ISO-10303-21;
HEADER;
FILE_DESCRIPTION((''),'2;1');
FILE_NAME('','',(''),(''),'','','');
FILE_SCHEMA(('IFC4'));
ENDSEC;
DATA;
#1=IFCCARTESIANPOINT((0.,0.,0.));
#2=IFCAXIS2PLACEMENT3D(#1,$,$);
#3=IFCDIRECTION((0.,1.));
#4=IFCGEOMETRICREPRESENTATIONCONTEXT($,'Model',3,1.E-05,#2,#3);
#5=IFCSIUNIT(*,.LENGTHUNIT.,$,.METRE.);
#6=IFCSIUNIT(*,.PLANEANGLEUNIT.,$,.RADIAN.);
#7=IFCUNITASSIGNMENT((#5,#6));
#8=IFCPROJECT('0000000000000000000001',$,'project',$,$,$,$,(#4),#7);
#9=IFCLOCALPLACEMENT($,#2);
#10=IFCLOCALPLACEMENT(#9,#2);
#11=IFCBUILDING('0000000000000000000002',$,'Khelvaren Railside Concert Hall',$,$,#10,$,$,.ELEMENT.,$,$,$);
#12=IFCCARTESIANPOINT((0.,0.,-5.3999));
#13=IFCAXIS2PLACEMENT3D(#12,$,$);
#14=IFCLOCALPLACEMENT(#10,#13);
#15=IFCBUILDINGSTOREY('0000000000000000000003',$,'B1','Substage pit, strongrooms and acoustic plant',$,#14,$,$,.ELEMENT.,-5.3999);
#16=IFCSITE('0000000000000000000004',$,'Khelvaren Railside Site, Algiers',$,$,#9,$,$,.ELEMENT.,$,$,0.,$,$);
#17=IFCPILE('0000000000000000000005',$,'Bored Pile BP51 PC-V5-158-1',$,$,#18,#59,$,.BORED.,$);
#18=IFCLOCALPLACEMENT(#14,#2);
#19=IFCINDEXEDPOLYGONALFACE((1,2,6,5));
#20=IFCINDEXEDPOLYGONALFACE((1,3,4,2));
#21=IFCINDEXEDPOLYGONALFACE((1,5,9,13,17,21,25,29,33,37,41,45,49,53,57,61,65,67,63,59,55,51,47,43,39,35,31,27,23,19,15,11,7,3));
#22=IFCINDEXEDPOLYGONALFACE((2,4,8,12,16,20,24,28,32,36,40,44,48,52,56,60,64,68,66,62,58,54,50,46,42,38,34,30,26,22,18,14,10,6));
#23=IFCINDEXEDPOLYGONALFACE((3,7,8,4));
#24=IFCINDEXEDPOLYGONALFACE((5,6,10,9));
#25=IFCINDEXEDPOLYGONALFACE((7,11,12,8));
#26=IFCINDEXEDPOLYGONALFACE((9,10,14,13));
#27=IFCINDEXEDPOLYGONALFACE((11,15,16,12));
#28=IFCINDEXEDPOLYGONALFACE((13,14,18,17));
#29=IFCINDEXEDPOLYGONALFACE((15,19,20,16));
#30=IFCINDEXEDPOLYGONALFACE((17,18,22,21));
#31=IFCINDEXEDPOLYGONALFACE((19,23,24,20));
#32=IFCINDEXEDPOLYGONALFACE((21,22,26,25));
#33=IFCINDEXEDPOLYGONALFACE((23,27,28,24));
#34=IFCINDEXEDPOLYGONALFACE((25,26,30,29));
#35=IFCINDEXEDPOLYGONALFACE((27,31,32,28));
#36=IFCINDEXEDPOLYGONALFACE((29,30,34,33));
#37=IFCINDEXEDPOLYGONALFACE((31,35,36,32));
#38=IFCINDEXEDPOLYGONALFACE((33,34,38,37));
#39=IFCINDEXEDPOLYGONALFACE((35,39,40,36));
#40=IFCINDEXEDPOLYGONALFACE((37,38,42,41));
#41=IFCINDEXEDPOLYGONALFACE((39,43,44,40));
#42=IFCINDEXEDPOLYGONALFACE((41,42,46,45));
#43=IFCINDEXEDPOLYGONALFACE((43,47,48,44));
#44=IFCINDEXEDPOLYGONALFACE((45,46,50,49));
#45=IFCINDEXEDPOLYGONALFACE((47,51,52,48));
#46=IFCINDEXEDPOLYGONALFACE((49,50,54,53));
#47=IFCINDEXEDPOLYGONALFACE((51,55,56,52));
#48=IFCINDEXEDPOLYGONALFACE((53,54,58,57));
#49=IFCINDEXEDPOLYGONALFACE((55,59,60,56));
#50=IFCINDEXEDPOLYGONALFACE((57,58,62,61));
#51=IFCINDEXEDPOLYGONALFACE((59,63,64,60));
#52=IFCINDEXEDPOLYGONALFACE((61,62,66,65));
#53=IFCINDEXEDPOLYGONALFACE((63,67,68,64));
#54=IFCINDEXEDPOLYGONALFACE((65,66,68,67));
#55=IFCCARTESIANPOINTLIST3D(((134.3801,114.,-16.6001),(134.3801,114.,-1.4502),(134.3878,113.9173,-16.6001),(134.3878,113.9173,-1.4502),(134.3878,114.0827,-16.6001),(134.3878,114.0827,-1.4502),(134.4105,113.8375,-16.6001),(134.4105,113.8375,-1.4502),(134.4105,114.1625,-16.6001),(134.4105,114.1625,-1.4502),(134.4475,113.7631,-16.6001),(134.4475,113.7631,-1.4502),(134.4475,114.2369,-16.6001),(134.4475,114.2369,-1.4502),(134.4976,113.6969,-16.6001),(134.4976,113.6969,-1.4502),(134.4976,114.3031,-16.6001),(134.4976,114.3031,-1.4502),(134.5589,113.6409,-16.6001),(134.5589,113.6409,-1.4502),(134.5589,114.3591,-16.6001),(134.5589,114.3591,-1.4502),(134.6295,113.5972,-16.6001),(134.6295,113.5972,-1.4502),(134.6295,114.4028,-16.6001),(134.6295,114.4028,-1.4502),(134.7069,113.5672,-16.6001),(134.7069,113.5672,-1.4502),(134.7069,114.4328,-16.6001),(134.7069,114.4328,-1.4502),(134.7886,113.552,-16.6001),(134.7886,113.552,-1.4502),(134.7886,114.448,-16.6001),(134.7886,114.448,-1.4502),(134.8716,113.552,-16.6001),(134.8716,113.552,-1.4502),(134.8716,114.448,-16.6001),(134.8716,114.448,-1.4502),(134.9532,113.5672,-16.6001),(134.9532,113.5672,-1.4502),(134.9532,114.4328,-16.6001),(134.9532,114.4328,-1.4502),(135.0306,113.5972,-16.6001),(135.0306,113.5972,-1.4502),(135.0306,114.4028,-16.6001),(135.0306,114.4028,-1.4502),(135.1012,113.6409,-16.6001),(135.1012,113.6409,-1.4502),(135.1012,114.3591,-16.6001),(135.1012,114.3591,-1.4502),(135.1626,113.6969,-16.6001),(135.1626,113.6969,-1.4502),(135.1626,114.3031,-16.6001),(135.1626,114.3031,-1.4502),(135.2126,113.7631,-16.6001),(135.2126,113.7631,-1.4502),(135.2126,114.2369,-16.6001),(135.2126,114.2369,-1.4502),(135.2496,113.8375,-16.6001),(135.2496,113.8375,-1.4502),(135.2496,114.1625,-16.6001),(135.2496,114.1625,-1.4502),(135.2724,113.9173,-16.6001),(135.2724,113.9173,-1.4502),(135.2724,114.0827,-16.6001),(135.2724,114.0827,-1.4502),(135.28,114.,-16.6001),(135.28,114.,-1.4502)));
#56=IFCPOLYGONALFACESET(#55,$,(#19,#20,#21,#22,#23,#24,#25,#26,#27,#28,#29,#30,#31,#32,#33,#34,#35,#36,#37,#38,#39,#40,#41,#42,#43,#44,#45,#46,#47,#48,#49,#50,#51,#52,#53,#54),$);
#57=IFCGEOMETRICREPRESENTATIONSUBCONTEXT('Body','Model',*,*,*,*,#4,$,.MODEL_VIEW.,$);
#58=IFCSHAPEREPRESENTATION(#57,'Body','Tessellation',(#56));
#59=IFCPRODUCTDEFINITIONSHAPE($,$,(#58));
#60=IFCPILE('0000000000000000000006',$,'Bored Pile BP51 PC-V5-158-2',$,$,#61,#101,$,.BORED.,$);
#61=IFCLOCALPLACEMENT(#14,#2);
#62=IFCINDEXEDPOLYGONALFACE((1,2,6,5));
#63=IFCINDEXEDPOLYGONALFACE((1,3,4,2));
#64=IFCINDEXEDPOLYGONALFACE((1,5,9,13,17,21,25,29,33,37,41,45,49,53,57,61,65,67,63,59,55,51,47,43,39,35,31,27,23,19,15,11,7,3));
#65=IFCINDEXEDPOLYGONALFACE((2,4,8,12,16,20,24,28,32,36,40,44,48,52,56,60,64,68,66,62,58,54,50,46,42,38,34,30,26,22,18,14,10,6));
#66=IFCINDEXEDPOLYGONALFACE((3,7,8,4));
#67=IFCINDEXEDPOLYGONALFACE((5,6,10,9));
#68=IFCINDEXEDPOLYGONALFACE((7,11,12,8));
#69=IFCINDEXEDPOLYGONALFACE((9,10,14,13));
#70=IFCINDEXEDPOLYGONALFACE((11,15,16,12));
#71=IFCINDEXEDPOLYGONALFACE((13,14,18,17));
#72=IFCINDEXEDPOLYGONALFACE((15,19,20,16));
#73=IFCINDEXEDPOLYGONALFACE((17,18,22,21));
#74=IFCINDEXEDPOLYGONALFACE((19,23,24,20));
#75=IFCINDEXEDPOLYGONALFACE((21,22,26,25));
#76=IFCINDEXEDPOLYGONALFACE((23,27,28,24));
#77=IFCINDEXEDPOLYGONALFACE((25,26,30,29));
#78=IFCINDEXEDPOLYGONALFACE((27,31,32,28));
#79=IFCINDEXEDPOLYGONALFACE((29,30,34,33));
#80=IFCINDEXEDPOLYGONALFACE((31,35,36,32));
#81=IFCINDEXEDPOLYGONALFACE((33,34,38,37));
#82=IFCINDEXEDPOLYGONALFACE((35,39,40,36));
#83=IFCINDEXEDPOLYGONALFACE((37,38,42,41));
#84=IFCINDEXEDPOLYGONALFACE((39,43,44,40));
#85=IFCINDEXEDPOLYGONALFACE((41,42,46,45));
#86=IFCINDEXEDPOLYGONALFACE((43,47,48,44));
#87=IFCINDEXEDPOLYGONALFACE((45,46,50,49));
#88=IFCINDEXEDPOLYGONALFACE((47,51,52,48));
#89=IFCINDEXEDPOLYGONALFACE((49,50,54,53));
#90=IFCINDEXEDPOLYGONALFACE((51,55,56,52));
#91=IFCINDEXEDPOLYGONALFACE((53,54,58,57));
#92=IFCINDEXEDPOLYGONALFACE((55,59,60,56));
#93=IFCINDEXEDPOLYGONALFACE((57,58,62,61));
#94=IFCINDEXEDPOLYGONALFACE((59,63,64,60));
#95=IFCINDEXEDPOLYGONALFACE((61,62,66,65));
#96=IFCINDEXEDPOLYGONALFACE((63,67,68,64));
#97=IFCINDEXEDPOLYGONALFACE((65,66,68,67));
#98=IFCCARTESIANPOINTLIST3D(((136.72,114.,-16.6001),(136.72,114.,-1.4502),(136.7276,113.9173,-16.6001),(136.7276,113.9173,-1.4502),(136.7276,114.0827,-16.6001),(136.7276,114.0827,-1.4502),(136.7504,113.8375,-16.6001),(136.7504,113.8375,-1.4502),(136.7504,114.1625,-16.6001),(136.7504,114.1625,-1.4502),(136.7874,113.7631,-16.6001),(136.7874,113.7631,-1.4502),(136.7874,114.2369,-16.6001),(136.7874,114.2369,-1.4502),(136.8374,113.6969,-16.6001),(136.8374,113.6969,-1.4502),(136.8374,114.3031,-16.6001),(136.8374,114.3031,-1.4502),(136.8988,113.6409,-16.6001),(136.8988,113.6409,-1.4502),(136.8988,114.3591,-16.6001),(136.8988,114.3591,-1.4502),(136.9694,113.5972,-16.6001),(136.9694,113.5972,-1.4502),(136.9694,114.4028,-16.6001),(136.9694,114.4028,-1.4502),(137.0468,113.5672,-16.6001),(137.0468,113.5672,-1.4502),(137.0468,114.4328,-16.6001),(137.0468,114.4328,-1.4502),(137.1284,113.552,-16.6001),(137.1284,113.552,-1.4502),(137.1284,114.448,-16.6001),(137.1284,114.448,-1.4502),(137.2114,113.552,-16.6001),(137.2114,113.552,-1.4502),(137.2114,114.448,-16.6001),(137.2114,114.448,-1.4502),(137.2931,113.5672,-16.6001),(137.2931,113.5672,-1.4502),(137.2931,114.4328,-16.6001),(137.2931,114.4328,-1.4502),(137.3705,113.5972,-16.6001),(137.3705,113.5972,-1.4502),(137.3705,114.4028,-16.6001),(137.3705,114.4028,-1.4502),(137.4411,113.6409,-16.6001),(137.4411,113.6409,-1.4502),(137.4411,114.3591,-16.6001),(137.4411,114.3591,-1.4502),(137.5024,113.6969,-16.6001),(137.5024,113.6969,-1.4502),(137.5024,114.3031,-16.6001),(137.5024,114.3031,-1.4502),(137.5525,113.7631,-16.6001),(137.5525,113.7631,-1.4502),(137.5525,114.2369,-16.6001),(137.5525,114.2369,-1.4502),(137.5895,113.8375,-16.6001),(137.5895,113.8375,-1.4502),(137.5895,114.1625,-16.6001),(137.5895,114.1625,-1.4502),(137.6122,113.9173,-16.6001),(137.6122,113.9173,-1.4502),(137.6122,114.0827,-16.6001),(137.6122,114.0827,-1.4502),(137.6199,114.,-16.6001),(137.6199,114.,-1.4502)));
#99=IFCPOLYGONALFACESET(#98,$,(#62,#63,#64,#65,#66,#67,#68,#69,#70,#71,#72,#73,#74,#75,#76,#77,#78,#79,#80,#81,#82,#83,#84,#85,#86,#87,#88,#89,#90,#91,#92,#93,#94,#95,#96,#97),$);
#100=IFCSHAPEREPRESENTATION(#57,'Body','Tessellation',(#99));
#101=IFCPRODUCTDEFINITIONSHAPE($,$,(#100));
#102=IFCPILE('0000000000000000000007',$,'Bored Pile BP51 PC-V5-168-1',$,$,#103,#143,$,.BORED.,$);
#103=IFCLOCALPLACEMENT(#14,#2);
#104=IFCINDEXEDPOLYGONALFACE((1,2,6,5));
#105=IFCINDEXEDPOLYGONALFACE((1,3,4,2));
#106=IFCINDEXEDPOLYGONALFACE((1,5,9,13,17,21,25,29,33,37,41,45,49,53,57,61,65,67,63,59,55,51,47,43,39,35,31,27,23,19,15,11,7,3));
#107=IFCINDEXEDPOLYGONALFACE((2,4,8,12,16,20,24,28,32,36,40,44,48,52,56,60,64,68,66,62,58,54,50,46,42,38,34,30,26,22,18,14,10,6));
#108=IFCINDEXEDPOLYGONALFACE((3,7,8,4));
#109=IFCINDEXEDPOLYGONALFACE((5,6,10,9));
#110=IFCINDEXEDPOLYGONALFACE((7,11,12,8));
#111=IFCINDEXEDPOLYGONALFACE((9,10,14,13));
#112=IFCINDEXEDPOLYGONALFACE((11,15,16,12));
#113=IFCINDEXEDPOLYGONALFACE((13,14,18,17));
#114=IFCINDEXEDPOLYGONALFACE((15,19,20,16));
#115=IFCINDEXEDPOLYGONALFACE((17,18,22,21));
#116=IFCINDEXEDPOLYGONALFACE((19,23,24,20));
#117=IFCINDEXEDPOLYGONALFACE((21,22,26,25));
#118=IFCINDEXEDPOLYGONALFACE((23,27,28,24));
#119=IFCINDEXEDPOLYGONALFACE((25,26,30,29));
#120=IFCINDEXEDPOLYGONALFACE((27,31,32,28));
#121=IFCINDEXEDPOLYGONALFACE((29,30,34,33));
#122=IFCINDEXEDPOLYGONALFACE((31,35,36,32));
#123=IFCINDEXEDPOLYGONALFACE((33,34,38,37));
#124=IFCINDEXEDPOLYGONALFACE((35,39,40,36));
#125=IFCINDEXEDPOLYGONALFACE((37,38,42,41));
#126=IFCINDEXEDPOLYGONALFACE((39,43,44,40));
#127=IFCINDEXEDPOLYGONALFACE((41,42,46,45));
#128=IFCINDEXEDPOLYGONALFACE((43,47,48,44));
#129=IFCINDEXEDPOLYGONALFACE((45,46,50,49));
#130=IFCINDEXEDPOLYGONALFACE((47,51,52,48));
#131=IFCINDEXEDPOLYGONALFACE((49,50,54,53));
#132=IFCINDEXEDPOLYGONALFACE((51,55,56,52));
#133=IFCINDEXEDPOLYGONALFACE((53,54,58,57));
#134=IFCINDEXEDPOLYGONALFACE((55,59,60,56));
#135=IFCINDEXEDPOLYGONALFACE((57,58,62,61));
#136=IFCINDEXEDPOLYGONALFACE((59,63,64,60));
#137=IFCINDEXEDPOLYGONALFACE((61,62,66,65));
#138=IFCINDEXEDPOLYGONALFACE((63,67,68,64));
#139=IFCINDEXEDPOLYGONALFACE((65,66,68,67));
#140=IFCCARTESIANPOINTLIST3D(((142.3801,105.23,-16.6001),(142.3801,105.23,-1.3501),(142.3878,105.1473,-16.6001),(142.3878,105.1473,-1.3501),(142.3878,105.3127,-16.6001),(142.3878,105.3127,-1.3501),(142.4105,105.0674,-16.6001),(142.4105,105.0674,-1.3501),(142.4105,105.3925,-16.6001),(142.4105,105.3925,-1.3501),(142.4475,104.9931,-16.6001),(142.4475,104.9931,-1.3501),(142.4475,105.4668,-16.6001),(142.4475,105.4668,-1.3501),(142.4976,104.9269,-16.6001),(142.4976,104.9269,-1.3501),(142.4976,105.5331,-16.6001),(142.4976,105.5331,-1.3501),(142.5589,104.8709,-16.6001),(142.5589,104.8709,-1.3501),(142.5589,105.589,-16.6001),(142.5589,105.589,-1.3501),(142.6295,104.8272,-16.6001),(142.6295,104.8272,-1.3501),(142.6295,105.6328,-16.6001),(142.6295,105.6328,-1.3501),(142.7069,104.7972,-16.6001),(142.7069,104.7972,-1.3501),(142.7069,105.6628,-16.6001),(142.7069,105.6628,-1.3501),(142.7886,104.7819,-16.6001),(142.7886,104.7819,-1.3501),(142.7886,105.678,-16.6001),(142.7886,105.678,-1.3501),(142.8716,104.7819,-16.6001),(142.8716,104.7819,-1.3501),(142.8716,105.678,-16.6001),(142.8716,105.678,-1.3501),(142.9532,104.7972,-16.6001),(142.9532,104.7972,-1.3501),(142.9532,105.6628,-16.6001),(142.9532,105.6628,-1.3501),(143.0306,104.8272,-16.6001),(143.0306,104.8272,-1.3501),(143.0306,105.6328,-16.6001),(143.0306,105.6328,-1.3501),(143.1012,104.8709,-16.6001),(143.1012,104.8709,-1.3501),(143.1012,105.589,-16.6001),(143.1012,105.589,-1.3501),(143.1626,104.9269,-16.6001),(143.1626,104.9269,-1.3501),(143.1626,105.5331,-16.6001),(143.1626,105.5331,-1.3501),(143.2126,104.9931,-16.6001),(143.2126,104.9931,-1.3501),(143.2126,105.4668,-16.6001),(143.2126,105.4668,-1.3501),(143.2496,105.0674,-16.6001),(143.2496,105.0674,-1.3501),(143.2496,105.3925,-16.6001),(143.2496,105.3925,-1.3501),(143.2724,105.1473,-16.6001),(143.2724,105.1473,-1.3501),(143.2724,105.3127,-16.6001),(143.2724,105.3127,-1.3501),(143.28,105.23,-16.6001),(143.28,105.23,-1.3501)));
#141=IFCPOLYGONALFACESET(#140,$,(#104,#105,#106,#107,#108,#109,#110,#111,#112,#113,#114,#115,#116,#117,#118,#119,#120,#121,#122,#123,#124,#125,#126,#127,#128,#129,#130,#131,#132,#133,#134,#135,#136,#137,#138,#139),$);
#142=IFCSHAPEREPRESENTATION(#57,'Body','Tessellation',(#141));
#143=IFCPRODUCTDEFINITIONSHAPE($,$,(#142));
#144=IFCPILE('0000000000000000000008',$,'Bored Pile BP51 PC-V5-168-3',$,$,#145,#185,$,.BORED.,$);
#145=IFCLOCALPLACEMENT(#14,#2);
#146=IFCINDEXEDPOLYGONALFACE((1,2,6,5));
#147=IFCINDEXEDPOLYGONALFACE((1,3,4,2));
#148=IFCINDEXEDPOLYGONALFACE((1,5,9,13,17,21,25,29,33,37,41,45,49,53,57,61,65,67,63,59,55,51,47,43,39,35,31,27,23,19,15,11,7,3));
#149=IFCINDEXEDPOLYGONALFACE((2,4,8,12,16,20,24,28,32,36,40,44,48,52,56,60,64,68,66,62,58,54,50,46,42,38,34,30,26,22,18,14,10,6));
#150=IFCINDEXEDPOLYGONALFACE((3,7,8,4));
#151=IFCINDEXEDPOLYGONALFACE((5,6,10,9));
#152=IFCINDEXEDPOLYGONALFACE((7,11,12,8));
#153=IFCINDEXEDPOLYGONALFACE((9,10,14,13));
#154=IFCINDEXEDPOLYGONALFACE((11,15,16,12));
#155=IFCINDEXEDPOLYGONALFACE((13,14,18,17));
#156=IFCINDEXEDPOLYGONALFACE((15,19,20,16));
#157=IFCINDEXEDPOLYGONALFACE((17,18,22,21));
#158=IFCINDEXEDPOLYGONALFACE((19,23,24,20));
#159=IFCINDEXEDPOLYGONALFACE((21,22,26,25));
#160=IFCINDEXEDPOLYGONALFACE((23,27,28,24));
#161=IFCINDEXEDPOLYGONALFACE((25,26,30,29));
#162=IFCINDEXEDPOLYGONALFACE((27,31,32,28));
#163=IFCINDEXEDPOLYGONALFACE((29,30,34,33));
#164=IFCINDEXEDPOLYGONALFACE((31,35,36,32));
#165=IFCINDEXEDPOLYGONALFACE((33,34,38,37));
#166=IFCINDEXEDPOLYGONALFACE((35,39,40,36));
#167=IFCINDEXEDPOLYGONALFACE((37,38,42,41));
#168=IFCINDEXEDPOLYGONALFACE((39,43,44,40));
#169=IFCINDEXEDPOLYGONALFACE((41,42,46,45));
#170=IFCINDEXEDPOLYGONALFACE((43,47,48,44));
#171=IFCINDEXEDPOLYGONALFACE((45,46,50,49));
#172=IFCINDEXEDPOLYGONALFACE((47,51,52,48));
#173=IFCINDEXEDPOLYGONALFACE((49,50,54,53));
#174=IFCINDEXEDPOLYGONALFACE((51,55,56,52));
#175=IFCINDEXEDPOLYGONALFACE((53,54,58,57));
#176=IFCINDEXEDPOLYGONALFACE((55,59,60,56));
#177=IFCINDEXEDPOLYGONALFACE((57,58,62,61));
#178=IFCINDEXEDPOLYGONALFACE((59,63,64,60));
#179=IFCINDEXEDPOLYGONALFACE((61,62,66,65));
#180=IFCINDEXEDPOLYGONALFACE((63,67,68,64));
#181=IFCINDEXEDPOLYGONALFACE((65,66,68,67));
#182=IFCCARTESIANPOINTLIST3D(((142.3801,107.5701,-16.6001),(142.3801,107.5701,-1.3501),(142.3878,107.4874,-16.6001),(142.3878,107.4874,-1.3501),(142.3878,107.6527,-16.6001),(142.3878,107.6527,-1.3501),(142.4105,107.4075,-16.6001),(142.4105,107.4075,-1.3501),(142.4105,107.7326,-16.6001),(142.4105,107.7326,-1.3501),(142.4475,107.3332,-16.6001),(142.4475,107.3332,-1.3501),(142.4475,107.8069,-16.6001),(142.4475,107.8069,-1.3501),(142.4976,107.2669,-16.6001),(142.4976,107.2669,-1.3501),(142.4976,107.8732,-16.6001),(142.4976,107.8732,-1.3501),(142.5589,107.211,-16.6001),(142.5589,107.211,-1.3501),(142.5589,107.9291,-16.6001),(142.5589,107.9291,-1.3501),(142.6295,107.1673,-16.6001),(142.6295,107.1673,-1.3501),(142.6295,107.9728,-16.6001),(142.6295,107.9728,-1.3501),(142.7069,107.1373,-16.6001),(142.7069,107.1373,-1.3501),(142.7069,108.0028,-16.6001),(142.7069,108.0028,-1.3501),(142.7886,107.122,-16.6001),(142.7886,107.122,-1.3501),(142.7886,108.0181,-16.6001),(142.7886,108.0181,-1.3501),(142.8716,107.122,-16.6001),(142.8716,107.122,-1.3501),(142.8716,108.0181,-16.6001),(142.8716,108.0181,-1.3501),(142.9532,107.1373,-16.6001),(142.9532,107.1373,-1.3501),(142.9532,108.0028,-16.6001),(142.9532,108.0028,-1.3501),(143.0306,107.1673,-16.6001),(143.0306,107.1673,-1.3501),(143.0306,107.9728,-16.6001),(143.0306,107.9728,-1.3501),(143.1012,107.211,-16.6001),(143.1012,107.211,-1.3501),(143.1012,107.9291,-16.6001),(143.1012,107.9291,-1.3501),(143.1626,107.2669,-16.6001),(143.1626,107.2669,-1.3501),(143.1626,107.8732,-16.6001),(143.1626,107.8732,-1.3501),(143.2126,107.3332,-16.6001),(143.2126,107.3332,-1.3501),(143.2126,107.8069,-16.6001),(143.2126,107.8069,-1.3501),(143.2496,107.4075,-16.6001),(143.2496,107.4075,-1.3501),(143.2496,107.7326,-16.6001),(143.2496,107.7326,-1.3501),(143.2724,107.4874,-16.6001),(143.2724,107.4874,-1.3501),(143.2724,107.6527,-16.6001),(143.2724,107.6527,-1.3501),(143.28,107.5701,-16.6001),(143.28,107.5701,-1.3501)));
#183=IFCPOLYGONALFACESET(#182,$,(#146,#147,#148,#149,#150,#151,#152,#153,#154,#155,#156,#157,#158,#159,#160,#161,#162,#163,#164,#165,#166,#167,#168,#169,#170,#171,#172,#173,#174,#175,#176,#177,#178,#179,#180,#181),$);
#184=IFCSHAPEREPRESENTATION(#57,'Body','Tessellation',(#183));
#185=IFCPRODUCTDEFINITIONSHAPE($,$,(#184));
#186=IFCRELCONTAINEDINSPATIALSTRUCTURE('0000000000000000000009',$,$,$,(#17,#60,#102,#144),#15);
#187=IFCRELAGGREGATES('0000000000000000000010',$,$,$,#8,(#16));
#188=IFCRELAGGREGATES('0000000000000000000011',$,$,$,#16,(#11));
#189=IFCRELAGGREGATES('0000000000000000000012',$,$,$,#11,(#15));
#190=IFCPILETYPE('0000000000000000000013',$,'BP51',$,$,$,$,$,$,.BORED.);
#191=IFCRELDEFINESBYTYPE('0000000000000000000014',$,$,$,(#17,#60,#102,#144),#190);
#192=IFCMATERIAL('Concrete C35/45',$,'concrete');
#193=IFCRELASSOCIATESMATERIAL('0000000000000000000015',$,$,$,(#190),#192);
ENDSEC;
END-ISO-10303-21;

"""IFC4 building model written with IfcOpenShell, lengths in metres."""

from ifc_helpers import new_model, si_unit, direction, frame, origin, origin_2d, place, context, subcontext, project, spatial, circle, extrude, material, material_profile, profile_set, type_object, element, save


model = new_model("IFC4")

# Units and contexts
model_context = context("Model", 3, precision=1e-05, world=origin(), true_north=direction((0.0, 1.0)))
body_context = subcontext(model_context, "Body", "Model", "MODEL_VIEW")
ifc_project = project(units=[si_unit("LENGTHUNIT", "METRE"), si_unit("PLANEANGLEUNIT", "RADIAN")], contexts=[model_context])

# Site, building, storey
site_placement = place(None, origin())
site = spatial("IfcSite", under=ifc_project, at=site_placement, Name="Khelvaren Railside Site, Algiers", CompositionType="ELEMENT", RefElevation=0.0)
building_placement = place(site_placement, origin())
building = spatial("IfcBuilding", under=site, at=building_placement, Name="Khelvaren Railside Concert Hall", CompositionType="ELEMENT")
storey_placement = place(building_placement, frame((0.0, 0.0, -5.3999)))
storey = spatial("IfcBuildingStorey", under=building, at=storey_placement, Name="B1", Description="Substage pit, strongrooms and acoustic plant", CompositionType="ELEMENT", Elevation=-5.3999)

# Piles
ifc_material_1 = material(Name="Concrete C35/45", Category="concrete")
ifc_material_profile_1 = material_profile(ifc_material_1, circle(Radius=0.45, at=origin_2d()), Name="BP D900")
ifc_profile_set_1 = profile_set([ifc_material_profile_1], Name="Concrete C35/45")
pile_type_1 = type_object("IfcPileType", Name="BP51", PredefinedType="BORED", material=ifc_profile_set_1)
for number, where, z_axis, x_axis, name in (
    (1, (134.8301, 114.0, -1.4502), (0.0, 0.0, -1.0), (1.0, 0.0, 0.0), "Bored Pile BP51 PC-V5-158-1"),
    (2, (137.1699, 114.0, -1.4502), (0.0, 0.0, -1.0), (1.0, 0.0, 0.0), "Bored Pile BP51 PC-V5-158-2"),
):
    element("IfcPile", number, at=place(storey_placement, frame(where, z_axis=z_axis, x_axis=x_axis)), inside=storey, type_object=pile_type_1, Name=name, PredefinedType="BORED", context=body_context, shape_type="SweptSolid", body=[
        extrude(circle(Radius=0.45, at=origin_2d()), origin(), (0.0, 0.0, 1.0), 15.1499),
    ])
for number, where, z_axis, x_axis, name in (
    (3, (142.8301, 105.23, -1.3501), (0.0, 0.0, -1.0), (1.0, 0.0, 0.0), "Bored Pile BP51 PC-V5-168-1"),
    (4, (142.8301, 107.5701, -1.3501), (0.0, 0.0, -1.0), (1.0, 0.0, 0.0), "Bored Pile BP51 PC-V5-168-3"),
):
    element("IfcPile", number, at=place(storey_placement, frame(where, z_axis=z_axis, x_axis=x_axis)), inside=storey, type_object=pile_type_1, Name=name, PredefinedType="BORED", context=body_context, shape_type="SweptSolid", body=[
        extrude(circle(Radius=0.45, at=origin_2d()), origin(), (0.0, 0.0, 1.0), 15.25),
    ])

save(model, "model.ifc")
